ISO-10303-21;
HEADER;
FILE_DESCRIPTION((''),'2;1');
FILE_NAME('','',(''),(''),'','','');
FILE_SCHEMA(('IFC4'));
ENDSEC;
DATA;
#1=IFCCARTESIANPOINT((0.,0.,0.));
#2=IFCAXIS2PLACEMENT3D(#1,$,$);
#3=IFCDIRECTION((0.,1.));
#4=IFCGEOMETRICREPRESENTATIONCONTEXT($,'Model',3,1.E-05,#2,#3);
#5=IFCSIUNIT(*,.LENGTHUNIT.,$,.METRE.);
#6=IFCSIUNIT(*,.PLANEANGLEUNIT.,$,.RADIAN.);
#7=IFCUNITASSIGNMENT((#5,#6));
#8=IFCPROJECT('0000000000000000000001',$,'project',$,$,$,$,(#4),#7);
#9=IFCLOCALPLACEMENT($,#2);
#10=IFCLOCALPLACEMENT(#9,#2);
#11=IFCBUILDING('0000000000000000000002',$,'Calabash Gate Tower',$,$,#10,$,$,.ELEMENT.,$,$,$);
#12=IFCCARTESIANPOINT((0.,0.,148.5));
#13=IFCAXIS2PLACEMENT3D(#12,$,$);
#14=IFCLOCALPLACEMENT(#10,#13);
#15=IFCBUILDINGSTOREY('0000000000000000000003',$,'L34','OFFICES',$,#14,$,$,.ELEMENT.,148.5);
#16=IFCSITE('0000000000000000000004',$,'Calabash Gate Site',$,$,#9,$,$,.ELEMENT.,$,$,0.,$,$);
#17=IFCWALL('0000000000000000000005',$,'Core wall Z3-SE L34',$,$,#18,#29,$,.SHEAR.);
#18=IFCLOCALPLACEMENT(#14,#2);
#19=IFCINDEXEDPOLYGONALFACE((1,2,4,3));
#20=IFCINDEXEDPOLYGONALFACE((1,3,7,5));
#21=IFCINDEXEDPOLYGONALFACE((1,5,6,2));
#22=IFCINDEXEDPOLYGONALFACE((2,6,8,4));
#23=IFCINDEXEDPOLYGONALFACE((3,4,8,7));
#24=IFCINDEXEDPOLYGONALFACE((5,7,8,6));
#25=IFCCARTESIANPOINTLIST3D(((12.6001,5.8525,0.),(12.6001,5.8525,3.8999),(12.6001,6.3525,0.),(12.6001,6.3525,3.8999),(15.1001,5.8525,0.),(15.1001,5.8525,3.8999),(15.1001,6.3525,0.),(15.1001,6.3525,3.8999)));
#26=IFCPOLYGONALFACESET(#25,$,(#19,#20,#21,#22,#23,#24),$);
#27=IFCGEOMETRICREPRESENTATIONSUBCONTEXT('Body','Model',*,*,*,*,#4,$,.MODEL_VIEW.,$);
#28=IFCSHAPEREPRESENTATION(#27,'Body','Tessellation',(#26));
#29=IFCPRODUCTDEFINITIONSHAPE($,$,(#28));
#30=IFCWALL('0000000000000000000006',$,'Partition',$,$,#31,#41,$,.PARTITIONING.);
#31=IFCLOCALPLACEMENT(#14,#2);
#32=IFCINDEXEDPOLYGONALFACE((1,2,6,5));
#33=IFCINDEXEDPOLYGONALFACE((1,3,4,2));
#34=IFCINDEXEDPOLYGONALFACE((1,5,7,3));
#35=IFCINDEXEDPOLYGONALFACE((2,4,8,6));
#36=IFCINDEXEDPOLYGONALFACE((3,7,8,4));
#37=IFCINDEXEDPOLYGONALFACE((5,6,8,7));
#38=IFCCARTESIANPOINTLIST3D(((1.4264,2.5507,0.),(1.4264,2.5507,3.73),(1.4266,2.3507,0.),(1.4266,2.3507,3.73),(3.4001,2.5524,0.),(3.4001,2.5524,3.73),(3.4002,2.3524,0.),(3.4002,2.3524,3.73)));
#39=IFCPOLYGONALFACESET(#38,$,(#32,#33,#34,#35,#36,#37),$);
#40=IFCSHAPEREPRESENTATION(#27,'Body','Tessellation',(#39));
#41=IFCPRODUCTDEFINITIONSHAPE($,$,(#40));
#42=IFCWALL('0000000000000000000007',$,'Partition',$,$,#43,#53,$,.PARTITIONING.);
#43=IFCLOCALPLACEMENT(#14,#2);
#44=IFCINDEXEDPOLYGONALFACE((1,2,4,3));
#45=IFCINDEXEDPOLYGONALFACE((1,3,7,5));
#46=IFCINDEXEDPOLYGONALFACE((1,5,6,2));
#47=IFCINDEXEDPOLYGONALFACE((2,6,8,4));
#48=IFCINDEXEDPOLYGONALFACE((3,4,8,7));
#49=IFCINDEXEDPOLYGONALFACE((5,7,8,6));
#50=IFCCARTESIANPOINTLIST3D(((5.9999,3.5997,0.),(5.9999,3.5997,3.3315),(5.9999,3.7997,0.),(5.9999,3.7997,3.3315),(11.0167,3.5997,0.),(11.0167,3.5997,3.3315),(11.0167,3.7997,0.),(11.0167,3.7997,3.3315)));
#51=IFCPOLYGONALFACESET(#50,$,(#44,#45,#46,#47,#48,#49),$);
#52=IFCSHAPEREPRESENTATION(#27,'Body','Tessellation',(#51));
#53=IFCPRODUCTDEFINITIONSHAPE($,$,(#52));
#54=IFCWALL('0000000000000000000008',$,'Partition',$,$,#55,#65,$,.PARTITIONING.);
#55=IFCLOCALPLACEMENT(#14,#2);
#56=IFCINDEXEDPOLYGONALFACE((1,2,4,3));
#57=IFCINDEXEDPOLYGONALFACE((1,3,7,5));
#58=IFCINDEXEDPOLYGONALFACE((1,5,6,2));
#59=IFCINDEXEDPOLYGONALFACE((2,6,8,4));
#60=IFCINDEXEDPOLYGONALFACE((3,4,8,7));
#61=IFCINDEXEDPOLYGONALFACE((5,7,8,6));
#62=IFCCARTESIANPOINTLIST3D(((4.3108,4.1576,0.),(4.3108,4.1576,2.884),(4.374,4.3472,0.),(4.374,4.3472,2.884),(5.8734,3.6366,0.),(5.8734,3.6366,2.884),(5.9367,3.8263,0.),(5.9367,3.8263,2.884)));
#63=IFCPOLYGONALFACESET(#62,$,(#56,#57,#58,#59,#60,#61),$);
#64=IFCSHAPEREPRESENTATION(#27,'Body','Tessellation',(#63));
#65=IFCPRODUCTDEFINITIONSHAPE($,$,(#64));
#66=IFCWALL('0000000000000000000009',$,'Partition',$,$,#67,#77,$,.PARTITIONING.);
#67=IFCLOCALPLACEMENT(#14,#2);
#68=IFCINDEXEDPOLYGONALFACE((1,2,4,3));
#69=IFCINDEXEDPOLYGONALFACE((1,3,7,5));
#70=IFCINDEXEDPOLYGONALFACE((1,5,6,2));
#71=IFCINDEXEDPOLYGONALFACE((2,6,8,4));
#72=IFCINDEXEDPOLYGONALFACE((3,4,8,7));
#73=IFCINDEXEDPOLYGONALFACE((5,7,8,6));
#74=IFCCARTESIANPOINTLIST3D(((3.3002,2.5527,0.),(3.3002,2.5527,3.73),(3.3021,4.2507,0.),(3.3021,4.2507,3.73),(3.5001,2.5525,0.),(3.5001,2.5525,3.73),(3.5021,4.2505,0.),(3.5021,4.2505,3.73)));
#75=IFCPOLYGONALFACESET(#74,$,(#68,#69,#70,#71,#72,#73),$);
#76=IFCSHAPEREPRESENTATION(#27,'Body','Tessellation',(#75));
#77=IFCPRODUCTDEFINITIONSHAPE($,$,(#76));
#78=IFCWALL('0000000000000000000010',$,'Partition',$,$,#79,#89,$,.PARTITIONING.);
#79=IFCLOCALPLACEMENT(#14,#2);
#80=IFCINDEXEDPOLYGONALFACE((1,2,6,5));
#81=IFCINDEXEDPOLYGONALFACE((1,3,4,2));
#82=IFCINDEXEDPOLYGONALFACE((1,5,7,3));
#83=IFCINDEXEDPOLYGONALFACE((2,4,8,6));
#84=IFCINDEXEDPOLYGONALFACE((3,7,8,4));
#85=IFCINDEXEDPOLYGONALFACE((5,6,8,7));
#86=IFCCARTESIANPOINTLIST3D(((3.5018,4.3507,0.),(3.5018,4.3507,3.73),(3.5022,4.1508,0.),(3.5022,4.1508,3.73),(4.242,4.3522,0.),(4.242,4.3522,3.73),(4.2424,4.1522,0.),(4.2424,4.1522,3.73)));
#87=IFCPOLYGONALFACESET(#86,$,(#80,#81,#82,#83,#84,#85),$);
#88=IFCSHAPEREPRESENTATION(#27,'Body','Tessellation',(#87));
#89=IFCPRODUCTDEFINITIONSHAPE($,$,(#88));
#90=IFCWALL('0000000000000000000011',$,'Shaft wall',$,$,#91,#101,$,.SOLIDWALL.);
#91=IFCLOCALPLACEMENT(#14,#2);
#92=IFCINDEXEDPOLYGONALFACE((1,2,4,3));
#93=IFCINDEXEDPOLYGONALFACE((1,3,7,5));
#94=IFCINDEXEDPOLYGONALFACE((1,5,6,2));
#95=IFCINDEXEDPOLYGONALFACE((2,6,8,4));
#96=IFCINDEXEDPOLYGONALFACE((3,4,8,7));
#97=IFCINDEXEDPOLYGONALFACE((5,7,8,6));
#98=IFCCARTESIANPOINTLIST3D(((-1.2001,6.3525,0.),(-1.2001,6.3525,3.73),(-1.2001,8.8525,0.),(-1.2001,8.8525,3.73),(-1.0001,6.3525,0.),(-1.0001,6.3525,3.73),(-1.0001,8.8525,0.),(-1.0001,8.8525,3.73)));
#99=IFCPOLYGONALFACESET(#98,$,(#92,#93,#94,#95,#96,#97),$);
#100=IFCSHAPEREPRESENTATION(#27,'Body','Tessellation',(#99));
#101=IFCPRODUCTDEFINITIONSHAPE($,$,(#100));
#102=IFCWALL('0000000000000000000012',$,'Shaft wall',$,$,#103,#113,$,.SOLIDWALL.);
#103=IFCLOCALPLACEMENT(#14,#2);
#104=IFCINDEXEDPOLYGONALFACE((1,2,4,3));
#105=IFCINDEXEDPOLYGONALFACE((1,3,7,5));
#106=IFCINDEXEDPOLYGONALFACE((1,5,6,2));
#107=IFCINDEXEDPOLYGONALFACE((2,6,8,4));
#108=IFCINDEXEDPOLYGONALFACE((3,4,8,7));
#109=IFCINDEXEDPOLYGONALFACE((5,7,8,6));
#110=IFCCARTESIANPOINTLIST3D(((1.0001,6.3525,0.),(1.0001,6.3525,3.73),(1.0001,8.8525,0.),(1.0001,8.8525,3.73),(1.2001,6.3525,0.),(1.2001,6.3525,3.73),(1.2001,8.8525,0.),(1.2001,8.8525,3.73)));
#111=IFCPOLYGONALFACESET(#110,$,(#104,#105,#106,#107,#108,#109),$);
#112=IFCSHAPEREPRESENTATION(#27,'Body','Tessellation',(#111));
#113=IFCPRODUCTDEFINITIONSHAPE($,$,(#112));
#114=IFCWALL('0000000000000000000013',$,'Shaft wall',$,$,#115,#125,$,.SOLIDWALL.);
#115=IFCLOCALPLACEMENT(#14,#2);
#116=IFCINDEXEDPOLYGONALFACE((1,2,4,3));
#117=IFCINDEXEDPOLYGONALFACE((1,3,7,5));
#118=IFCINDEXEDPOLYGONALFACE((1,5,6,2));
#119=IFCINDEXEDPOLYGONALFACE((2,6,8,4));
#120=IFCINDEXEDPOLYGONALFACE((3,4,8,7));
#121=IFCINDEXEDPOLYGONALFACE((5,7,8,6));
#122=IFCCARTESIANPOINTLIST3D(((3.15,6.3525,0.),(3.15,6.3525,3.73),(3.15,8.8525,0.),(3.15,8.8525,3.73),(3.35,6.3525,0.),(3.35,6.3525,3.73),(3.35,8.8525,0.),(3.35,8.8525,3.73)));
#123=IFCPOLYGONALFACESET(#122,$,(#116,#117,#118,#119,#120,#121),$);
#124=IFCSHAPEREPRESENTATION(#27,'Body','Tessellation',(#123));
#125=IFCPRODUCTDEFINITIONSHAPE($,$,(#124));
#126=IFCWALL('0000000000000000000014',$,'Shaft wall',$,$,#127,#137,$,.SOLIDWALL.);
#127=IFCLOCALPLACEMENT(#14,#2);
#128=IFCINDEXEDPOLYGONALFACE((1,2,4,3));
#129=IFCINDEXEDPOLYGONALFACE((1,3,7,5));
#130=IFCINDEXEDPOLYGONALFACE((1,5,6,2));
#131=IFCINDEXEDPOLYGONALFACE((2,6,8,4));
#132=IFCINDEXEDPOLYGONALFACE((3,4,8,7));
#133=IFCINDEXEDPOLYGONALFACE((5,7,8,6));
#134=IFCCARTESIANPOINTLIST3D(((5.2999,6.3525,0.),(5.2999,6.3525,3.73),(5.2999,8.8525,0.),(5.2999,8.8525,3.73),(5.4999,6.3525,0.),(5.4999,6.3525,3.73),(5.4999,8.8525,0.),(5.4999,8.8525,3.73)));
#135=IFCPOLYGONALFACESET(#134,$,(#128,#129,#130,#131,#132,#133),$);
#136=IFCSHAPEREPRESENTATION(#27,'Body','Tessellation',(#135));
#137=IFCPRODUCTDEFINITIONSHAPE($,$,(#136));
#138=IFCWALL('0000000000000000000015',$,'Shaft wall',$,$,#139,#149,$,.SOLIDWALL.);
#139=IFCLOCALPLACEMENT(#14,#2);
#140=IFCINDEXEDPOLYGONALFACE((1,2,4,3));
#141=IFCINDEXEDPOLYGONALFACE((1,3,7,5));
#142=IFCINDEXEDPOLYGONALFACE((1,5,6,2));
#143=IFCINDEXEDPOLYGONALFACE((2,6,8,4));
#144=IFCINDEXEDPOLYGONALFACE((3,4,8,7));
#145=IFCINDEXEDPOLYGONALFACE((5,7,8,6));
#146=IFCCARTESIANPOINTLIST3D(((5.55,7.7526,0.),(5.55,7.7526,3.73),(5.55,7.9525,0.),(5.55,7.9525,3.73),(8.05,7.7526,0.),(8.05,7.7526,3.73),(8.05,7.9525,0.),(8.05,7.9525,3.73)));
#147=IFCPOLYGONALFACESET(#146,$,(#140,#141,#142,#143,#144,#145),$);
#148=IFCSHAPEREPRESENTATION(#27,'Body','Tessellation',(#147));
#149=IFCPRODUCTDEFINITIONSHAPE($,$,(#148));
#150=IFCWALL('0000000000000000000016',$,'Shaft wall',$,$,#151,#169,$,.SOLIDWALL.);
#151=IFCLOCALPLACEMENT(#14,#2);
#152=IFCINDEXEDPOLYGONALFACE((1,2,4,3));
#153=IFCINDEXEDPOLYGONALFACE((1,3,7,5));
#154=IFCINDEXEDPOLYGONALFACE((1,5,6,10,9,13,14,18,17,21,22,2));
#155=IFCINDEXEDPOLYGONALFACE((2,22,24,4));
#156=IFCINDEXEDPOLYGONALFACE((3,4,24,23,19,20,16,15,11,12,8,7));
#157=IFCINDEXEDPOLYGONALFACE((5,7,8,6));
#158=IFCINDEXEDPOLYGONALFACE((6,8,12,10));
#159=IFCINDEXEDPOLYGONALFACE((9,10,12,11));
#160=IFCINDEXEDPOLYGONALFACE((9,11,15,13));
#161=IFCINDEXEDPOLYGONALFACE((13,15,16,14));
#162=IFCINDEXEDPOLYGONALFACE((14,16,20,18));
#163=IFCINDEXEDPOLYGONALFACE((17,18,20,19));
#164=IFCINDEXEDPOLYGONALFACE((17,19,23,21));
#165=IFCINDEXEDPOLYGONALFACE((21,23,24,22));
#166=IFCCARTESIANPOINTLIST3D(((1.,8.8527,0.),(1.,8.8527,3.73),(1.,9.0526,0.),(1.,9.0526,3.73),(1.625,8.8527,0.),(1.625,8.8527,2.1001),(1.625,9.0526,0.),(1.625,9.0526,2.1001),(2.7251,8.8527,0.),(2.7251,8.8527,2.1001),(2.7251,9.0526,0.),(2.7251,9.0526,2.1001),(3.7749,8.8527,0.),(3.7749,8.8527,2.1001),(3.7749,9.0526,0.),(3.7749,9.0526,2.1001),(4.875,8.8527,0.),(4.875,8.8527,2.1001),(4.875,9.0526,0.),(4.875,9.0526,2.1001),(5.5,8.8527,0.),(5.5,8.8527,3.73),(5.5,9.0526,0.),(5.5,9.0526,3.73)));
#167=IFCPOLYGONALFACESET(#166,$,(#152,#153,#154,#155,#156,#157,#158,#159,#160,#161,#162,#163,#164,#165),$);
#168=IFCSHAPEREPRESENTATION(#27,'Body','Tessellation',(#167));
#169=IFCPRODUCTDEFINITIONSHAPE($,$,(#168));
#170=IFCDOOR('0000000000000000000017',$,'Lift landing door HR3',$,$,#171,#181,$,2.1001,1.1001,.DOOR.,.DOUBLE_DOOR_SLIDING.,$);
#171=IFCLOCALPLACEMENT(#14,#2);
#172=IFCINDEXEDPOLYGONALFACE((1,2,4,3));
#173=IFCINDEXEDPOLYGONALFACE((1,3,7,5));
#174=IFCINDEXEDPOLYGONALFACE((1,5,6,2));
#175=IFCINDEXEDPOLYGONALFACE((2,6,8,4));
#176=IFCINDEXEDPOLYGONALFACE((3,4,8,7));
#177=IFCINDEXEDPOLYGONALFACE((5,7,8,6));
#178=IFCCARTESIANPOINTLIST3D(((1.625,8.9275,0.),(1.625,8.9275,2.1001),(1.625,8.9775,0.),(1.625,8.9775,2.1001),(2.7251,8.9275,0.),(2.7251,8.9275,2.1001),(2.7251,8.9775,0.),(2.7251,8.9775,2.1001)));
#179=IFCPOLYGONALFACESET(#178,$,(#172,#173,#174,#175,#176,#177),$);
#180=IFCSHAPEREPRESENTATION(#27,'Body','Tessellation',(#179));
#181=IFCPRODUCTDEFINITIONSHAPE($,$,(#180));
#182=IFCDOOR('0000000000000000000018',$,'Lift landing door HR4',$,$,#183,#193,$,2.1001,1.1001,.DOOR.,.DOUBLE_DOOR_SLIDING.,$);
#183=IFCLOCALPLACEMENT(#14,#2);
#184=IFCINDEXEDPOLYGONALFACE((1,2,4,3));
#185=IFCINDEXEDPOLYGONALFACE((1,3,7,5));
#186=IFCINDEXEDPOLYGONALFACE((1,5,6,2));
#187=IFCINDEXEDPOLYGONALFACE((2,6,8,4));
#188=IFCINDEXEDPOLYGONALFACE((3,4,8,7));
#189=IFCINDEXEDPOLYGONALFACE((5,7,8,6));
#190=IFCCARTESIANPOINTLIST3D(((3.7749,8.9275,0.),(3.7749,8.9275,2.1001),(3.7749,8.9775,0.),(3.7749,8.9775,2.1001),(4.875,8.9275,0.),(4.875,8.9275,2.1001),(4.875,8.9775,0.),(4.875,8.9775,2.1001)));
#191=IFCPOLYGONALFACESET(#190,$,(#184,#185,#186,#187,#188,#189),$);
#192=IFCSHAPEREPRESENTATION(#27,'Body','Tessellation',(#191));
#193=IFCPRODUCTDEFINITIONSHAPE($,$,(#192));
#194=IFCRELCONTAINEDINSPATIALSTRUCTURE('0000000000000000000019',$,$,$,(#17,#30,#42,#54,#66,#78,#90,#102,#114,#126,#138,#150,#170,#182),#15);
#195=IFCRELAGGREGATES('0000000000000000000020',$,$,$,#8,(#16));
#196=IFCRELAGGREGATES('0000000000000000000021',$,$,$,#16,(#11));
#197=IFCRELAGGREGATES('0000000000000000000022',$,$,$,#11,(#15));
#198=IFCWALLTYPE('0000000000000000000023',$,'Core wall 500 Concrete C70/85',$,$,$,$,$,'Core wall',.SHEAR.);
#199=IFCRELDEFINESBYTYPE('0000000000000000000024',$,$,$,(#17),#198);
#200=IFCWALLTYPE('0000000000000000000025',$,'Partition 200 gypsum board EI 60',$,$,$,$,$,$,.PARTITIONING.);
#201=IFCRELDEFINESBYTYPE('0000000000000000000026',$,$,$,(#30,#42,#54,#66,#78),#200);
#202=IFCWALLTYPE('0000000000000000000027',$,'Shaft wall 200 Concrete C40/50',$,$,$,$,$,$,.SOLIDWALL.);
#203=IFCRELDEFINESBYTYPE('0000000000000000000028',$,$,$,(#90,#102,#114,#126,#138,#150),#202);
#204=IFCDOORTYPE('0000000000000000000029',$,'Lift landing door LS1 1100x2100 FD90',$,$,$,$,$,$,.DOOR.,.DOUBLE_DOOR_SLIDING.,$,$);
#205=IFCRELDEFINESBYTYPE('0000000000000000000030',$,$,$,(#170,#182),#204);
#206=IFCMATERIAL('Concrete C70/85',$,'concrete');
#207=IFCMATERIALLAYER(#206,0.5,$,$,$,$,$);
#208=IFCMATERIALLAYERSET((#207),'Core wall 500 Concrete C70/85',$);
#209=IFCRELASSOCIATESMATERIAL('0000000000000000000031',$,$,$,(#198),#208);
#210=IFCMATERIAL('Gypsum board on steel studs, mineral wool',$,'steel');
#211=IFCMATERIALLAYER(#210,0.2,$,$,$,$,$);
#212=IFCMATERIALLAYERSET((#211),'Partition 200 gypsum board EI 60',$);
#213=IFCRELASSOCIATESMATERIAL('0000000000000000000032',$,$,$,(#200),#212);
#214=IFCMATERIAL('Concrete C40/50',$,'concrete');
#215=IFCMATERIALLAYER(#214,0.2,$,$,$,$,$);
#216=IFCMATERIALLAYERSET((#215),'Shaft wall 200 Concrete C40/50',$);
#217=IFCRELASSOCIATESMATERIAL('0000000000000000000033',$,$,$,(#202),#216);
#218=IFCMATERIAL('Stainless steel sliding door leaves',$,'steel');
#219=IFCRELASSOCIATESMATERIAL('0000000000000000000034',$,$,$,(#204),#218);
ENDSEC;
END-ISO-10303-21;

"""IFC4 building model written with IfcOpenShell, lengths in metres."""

from ifc_helpers import new_model, si_unit, direction, frame, frame_2d, origin, place, context, subcontext, project, spatial, rectangle, extrude, material, layer, layer_set, type_object, element, fill, save


model = new_model("IFC4")

# Units and contexts
model_context = context("Model", 3, precision=1e-05, world=origin(), true_north=direction((0.0, 1.0)))
body_context = subcontext(model_context, "Body", "Model", "MODEL_VIEW")
ifc_project = project(units=[si_unit("LENGTHUNIT", "METRE"), si_unit("PLANEANGLEUNIT", "RADIAN")], contexts=[model_context])

# Site, building, storey
site_placement = place(None, origin())
site = spatial("IfcSite", under=ifc_project, at=site_placement, Name="Calabash Gate Site", CompositionType="ELEMENT", RefElevation=0.0)
building_placement = place(site_placement, origin())
building = spatial("IfcBuilding", under=site, at=building_placement, Name="Calabash Gate Tower", CompositionType="ELEMENT")
storey_placement = place(building_placement, frame((0.0, 0.0, 148.5)))
storey = spatial("IfcBuildingStorey", under=building, at=storey_placement, Name="L34", Description="OFFICES", CompositionType="ELEMENT", Elevation=148.5)

# Shared definitions
ifc_material_1 = material(Name="Concrete C70/85", Category="concrete")
ifc_layer_1 = layer(ifc_material_1, 0.5)
ifc_layer_set_1 = layer_set([ifc_layer_1], Name="Core wall 500 Concrete C70/85")
wall_type_1 = type_object("IfcWallType", Name="Core wall 500 Concrete C70/85", ElementType="Core wall", PredefinedType="SHEAR", material=ifc_layer_set_1)

# Walls
wall_1_placement = place(storey_placement, frame((12.6001, 6.1025, 0.0), z_axis=(0.0, 0.0, 1.0), x_axis=(1.0, 0.0, 0.0)))
element("IfcWall", 1, at=wall_1_placement, inside=storey, type_object=wall_type_1, Name="Core wall Z3-SE L34", PredefinedType="SHEAR", context=body_context, shape_type="SweptSolid", body=[
    extrude(rectangle(XDim=2.5, YDim=0.5, at=frame_2d((1.25, 0.0))), origin(), (0.0, 0.0, 1.0), 3.8999),
])
ifc_material_2 = material(Name="Gypsum board on steel studs, mineral wool", Category="steel")
ifc_layer_2 = layer(ifc_material_2, 0.2)
ifc_layer_set_2 = layer_set([ifc_layer_2], Name="Partition 200 gypsum board EI 60")
wall_type_2 = type_object("IfcWallType", Name="Partition 200 gypsum board EI 60", PredefinedType="PARTITIONING", material=ifc_layer_set_2)
wall_2_placement = place(storey_placement, frame((1.4265, 2.4507, 0.0), z_axis=(0.0, 0.0, 1.0), x_axis=(1.0, 0.000866, 0.0)))
element("IfcWall", 2, at=wall_2_placement, inside=storey, type_object=wall_type_2, Name="Partition", PredefinedType="PARTITIONING", context=body_context, shape_type="SweptSolid", body=[
    extrude(rectangle(XDim=1.9736, YDim=0.2, at=frame_2d((0.9868, 0.0))), origin(), (0.0, 0.0, 1.0), 3.73),
])
wall_3_placement = place(storey_placement, frame((6.0, 3.6997, 0.0), z_axis=(0.0, 0.0, 1.0), x_axis=(1.0, 0.0, 0.0)))
element("IfcWall", 3, at=wall_3_placement, inside=storey, type_object=wall_type_2, Name="Partition", PredefinedType="PARTITIONING", context=body_context, shape_type="SweptSolid", body=[
    extrude(rectangle(XDim=5.0168, YDim=0.2, at=frame_2d((2.5083, 0.0))), origin(), (0.0, 0.0, 1.0), 3.3315),
])
wall_4_placement = place(storey_placement, frame((4.3423, 4.2524, 0.0), z_axis=(0.0, 0.0, 1.0), x_axis=(0.948668, -0.316272, 0.0)))
element("IfcWall", 4, at=wall_4_placement, inside=storey, type_object=wall_type_2, Name="Partition", PredefinedType="PARTITIONING", context=body_context, shape_type="SweptSolid", body=[
    extrude(rectangle(XDim=1.6472, YDim=0.2, at=frame_2d((0.8237, 0.0))), origin(), (0.0, 0.0, 1.0), 2.884),
])
wall_5_placement = place(storey_placement, frame((3.4001, 2.5525, 0.0), z_axis=(0.0, 0.0, 1.0), x_axis=(0.00115, 0.999999, 0.0)))
element("IfcWall", 5, at=wall_5_placement, inside=storey, type_object=wall_type_2, Name="Partition", PredefinedType="PARTITIONING", context=body_context, shape_type="SweptSolid", body=[
    extrude(rectangle(XDim=1.698, YDim=0.2, at=frame_2d((0.8491, 0.0))), origin(), (0.0, 0.0, 1.0), 3.73),
])
wall_6_placement = place(storey_placement, frame((3.502, 4.2507, 0.0), z_axis=(0.0, 0.0, 1.0), x_axis=(0.999998, 0.001979, 0.0)))
element("IfcWall", 6, at=wall_6_placement, inside=storey, type_object=wall_type_2, Name="Partition", PredefinedType="PARTITIONING", context=body_context, shape_type="SweptSolid", body=[
    extrude(rectangle(XDim=0.7402, YDim=0.2, at=frame_2d((0.3701, 0.0))), origin(), (0.0, 0.0, 1.0), 3.73),
])
ifc_material_3 = material(Name="Concrete C40/50", Category="concrete")
ifc_layer_3 = layer(ifc_material_3, 0.2)
ifc_layer_set_3 = layer_set([ifc_layer_3], Name="Shaft wall 200 Concrete C40/50")
wall_type_3 = type_object("IfcWallType", Name="Shaft wall 200 Concrete C40/50", PredefinedType="SOLIDWALL", material=ifc_layer_set_3)
for number, where, z_axis, x_axis, name in (
    (7, (-1.1001, 6.3525, 0.0), (0.0, 0.0, 1.0), (0.0, 1.0, 0.0), "Shaft wall"),
    (8, (1.1001, 6.3525, 0.0), (0.0, 0.0, 1.0), (0.0, 1.0, 0.0), "Shaft wall"),
    (9, (3.25, 6.3525, 0.0), (0.0, 0.0, 1.0), (0.0, 1.0, 0.0), "Shaft wall"),
    (10, (5.3999, 6.3525, 0.0), (0.0, 0.0, 1.0), (0.0, 1.0, 0.0), "Shaft wall"),
    (11, (5.55, 7.8525, 0.0), (0.0, 0.0, 1.0), (1.0, 0.0, 0.0), "Shaft wall"),
):
    element("IfcWall", number, at=place(storey_placement, frame(where, z_axis=z_axis, x_axis=x_axis)), inside=storey, type_object=wall_type_3, Name=name, PredefinedType="SOLIDWALL", context=body_context, shape_type="SweptSolid", body=[
        extrude(rectangle(XDim=2.5, YDim=0.2, at=frame_2d((1.25, 0.0))), origin(), (0.0, 0.0, 1.0), 3.73),
    ])

# Wall, openings, doors
wall_7_placement = place(storey_placement, frame((1.0, 8.9526, 0.0), z_axis=(0.0, 0.0, 1.0), x_axis=(1.0, 0.0, 0.0)))
wall_7 = element("IfcWall", 12, at=wall_7_placement, inside=storey, type_object=wall_type_3, Name="Shaft wall", PredefinedType="SOLIDWALL", context=body_context, shape_type="SweptSolid", body=[
    extrude(rectangle(XDim=4.5, YDim=0.2, at=frame_2d((2.25, 0.0))), origin(), (0.0, 0.0, 1.0), 3.73),
])
opening_1_placement = place(wall_7_placement, frame((0.625, 0.0, 0.0)))
opening_1 = element("IfcOpeningElement", 13, at=opening_1_placement, cuts=wall_7, PredefinedType="OPENING", context=body_context, shape_type="SweptSolid", body=[
    extrude(rectangle(XDim=1.1001, YDim=2.1001, at=frame_2d((0.55, 1.05))), frame((0.0, 0.1099, 0.0), z_axis=(0.0, -1.0, 0.0), x_axis=(1.0, 0.0, 0.0)), (0.0, 0.0, 1.0), 0.22),
])
opening_2_placement = place(wall_7_placement, frame((2.7749, 0.0, 0.0)))
opening_2 = element("IfcOpeningElement", 14, at=opening_2_placement, cuts=wall_7, PredefinedType="OPENING", context=body_context, shape_type="SweptSolid", body=[
    extrude(rectangle(XDim=1.1001, YDim=2.1001, at=frame_2d((0.55, 1.05))), frame((0.0, 0.1099, 0.0), z_axis=(0.0, -1.0, 0.0), x_axis=(1.0, 0.0, 0.0)), (0.0, 0.0, 1.0), 0.22),
])
ifc_material_4 = material(Name="Stainless steel sliding door leaves", Category="steel")
door_type_1 = type_object("IfcDoorType", Name="Lift landing door LS1 1100x2100 FD90", OperationType="DOUBLE_DOOR_SLIDING", PredefinedType="DOOR", material=ifc_material_4)
door_1_placement = place(opening_1_placement, origin())
door_1 = element("IfcDoor", 15, at=door_1_placement, inside=storey, type_object=door_type_1, Name="Lift landing door HR3", OperationType="DOUBLE_DOOR_SLIDING", OverallHeight=2.1001, OverallWidth=1.1001, PredefinedType="DOOR", context=body_context, shape_type="SweptSolid", body=[
    extrude(rectangle(XDim=1.1001, YDim=2.1001, at=frame_2d((0.55, 1.05))), frame((0.0, 0.0249, 0.0), z_axis=(0.0, -1.0, 0.0), x_axis=(1.0, 0.0, 0.0)), (0.0, 0.0, 1.0), 0.05),
])
fill(opening_1, door_1)
door_2_placement = place(opening_2_placement, origin())
door_2 = element("IfcDoor", 16, at=door_2_placement, inside=storey, type_object=door_type_1, Name="Lift landing door HR4", OperationType="DOUBLE_DOOR_SLIDING", OverallHeight=2.1001, OverallWidth=1.1001, PredefinedType="DOOR", context=body_context, shape_type="SweptSolid", body=[
    extrude(rectangle(XDim=1.1001, YDim=2.1001, at=frame_2d((0.55, 1.05))), frame((0.0, 0.0249, 0.0), z_axis=(0.0, -1.0, 0.0), x_axis=(1.0, 0.0, 0.0)), (0.0, 0.0, 1.0), 0.05),
])
fill(opening_2, door_2)

save(model, "model.ifc")
